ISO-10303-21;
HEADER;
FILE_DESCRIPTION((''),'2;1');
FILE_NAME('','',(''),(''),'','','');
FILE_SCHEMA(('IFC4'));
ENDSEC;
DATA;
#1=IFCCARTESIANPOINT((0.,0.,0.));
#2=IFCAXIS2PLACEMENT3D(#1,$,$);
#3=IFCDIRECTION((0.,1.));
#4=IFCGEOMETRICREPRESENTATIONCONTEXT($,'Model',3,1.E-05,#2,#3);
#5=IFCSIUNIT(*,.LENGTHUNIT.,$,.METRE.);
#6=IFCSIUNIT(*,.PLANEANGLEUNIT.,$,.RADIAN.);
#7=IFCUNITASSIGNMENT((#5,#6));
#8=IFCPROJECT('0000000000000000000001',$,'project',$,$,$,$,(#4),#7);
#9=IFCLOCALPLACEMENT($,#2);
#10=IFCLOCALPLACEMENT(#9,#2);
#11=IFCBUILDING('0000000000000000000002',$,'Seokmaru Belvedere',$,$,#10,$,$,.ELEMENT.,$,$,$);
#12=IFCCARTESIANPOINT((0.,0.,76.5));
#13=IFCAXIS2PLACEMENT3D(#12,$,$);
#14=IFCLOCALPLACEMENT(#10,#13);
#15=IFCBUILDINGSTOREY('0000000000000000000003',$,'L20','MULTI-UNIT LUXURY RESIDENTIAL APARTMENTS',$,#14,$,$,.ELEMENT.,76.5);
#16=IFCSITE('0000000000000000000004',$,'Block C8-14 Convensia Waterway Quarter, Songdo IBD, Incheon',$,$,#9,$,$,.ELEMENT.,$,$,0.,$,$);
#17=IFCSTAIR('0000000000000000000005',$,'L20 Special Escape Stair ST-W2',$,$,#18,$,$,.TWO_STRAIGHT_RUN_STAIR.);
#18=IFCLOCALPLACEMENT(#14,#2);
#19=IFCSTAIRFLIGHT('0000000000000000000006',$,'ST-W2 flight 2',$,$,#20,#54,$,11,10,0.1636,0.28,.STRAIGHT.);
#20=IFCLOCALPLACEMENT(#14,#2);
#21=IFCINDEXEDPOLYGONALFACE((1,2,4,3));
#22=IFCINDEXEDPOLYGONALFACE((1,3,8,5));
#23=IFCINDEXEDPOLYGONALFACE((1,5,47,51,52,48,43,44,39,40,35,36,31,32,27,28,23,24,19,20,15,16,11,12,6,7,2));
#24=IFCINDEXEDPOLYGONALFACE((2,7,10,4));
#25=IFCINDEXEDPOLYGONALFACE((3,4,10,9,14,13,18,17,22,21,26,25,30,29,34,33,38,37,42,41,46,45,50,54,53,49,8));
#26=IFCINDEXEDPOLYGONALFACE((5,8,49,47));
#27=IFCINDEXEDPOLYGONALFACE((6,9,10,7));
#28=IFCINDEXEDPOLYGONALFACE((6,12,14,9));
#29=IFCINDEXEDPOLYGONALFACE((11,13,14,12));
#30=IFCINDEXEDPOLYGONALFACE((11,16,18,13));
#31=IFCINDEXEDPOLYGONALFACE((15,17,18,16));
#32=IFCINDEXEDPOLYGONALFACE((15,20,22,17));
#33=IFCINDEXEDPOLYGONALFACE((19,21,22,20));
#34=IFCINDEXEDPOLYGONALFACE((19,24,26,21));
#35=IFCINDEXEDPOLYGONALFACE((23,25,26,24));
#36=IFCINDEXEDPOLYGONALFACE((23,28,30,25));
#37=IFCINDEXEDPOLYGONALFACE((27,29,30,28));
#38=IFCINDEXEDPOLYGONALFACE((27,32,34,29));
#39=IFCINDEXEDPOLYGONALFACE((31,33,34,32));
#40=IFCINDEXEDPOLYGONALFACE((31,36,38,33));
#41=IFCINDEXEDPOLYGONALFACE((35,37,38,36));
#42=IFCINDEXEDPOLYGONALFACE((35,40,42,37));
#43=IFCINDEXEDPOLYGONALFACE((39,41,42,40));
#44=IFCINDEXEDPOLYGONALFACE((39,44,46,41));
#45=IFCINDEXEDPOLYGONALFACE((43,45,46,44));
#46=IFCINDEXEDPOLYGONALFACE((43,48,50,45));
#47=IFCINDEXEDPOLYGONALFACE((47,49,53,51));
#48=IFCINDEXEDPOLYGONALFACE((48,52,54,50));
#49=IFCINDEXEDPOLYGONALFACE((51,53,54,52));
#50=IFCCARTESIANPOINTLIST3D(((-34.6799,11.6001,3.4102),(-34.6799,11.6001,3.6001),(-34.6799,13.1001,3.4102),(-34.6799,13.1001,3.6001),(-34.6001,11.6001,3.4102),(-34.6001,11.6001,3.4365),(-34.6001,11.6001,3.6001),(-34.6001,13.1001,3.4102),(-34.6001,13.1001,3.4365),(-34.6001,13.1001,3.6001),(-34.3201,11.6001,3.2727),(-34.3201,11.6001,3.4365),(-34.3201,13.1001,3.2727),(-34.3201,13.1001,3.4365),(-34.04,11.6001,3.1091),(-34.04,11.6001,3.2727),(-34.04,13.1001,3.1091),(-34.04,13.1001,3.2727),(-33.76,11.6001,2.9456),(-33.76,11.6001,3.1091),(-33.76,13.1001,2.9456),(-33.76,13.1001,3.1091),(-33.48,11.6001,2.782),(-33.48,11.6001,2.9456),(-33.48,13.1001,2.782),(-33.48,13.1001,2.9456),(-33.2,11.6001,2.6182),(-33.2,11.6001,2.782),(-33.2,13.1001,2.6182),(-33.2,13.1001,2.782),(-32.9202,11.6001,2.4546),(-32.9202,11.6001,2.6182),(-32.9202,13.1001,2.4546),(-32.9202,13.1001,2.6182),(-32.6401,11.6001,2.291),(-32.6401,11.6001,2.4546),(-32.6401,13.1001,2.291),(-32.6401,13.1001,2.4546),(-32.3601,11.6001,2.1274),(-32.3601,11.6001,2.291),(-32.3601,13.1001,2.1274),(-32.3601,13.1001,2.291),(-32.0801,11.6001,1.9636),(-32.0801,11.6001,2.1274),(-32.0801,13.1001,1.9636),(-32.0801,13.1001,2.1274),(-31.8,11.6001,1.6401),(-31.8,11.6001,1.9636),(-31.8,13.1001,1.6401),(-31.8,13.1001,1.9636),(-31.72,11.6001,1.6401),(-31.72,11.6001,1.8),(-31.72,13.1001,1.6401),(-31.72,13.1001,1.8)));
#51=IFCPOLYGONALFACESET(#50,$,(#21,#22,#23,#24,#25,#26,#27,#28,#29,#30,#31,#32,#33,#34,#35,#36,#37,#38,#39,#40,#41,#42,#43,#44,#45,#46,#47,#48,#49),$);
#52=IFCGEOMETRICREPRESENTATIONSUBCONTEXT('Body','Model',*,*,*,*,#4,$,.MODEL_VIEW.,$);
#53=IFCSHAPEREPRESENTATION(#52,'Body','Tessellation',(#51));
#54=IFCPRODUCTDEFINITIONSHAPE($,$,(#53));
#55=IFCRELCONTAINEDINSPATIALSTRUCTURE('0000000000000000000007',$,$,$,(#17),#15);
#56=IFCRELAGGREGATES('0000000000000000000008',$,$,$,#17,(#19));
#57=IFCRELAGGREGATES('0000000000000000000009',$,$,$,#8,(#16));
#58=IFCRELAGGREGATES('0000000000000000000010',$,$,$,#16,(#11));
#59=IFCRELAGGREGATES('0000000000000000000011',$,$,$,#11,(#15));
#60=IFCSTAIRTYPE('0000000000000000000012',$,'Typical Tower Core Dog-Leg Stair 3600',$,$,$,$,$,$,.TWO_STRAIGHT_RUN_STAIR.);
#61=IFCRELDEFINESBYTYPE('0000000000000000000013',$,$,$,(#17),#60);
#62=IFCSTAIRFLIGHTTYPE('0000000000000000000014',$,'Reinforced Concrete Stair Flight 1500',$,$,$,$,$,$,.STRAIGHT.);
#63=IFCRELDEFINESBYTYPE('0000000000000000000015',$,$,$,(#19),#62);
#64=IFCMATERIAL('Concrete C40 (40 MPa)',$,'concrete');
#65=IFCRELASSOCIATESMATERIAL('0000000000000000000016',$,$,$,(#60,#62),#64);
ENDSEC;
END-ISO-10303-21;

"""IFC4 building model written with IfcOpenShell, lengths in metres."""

from ifc_helpers import new_model, si_unit, direction, frame, origin, place, context, subcontext, project, spatial, polyline, outline, extrude, material, type_object, element, aggregate, save


model = new_model("IFC4")

# Units and contexts
model_context = context("Model", 3, precision=1e-05, world=origin(), true_north=direction((0.0, 1.0)))
body_context = subcontext(model_context, "Body", "Model", "MODEL_VIEW")
ifc_project = project(units=[si_unit("LENGTHUNIT", "METRE"), si_unit("PLANEANGLEUNIT", "RADIAN")], contexts=[model_context])

# Site, building, storey
site_placement = place(None, origin())
site = spatial("IfcSite", under=ifc_project, at=site_placement, Name="Block C8-14 Convensia Waterway Quarter, Songdo IBD, Incheon", CompositionType="ELEMENT", RefElevation=0.0)
building_placement = place(site_placement, origin())
building = spatial("IfcBuilding", under=site, at=building_placement, Name="Seokmaru Belvedere", CompositionType="ELEMENT")
storey_placement = place(building_placement, frame((0.0, 0.0, 76.5)))
storey = spatial("IfcBuildingStorey", under=building, at=storey_placement, Name="L20", Description="MULTI-UNIT LUXURY RESIDENTIAL APARTMENTS", CompositionType="ELEMENT", Elevation=76.5)

# Stair, stair flight
ifc_material_1 = material(Name="Concrete C40 (40 MPa)", Category="concrete")
stair_type = type_object("IfcStairType", Name="Typical Tower Core Dog-Leg Stair 3600", PredefinedType="TWO_STRAIGHT_RUN_STAIR", material=ifc_material_1)
stair_placement = place(storey_placement, origin())
stair = element("IfcStair", 1, at=stair_placement, inside=storey, type_object=stair_type, Name="L20 Special Escape Stair ST-W2", PredefinedType="TWO_STRAIGHT_RUN_STAIR")
stair_flight_type = type_object("IfcStairFlightType", Name="Reinforced Concrete Stair Flight 1500", PredefinedType="STRAIGHT", material=ifc_material_1)
stair_flight_placement = place(storey_placement, frame((-31.8, 12.3501, 1.8), z_axis=(0.0, 0.0, 1.0), x_axis=(-1.0, 0.0, 0.0)))
stair_flight = element("IfcStairFlight", 2, at=stair_flight_placement, type_object=stair_flight_type, Name="ST-W2 flight 2", NumberOfRisers=11, NumberOfTreads=10, PredefinedType="STRAIGHT", RiserHeight=0.1636, TreadLength=0.28, context=body_context, shape_type="SweptSolid", body=[
    extrude(outline(polyline([(-0.0801, 0.0), (0.0, 0.1636), (0.28, 0.1636), (0.28, 0.3274), (0.5601, 0.3274), (0.5601, 0.491), (0.8401, 0.491), (0.8401, 0.6545), (1.1201, 0.6545), (1.1201, 0.8181), (1.3999, 0.8181), (1.3999, 0.9819), (1.6799, 0.9819), (1.6799, 1.1455), (1.96, 1.1455), (1.96, 1.3091), (2.24, 1.3091), (2.24, 1.4727), (2.52, 1.4727), (2.52, 1.6365), (2.8, 1.6365), (2.8, 1.8), (2.8799, 1.8), (2.8799, 1.6101), (2.8, 1.6101), (0.0, -0.1599), (-0.0801, -0.1599), (-0.0801, 0.0)])), frame((0.0, 0.75, 0.0), z_axis=(0.0, -1.0, 0.0), x_axis=(1.0, 0.0, 0.0)), (0.0, 0.0, 1.0), 1.5),
])
aggregate(stair, [stair_flight])

save(model, "model.ifc")
